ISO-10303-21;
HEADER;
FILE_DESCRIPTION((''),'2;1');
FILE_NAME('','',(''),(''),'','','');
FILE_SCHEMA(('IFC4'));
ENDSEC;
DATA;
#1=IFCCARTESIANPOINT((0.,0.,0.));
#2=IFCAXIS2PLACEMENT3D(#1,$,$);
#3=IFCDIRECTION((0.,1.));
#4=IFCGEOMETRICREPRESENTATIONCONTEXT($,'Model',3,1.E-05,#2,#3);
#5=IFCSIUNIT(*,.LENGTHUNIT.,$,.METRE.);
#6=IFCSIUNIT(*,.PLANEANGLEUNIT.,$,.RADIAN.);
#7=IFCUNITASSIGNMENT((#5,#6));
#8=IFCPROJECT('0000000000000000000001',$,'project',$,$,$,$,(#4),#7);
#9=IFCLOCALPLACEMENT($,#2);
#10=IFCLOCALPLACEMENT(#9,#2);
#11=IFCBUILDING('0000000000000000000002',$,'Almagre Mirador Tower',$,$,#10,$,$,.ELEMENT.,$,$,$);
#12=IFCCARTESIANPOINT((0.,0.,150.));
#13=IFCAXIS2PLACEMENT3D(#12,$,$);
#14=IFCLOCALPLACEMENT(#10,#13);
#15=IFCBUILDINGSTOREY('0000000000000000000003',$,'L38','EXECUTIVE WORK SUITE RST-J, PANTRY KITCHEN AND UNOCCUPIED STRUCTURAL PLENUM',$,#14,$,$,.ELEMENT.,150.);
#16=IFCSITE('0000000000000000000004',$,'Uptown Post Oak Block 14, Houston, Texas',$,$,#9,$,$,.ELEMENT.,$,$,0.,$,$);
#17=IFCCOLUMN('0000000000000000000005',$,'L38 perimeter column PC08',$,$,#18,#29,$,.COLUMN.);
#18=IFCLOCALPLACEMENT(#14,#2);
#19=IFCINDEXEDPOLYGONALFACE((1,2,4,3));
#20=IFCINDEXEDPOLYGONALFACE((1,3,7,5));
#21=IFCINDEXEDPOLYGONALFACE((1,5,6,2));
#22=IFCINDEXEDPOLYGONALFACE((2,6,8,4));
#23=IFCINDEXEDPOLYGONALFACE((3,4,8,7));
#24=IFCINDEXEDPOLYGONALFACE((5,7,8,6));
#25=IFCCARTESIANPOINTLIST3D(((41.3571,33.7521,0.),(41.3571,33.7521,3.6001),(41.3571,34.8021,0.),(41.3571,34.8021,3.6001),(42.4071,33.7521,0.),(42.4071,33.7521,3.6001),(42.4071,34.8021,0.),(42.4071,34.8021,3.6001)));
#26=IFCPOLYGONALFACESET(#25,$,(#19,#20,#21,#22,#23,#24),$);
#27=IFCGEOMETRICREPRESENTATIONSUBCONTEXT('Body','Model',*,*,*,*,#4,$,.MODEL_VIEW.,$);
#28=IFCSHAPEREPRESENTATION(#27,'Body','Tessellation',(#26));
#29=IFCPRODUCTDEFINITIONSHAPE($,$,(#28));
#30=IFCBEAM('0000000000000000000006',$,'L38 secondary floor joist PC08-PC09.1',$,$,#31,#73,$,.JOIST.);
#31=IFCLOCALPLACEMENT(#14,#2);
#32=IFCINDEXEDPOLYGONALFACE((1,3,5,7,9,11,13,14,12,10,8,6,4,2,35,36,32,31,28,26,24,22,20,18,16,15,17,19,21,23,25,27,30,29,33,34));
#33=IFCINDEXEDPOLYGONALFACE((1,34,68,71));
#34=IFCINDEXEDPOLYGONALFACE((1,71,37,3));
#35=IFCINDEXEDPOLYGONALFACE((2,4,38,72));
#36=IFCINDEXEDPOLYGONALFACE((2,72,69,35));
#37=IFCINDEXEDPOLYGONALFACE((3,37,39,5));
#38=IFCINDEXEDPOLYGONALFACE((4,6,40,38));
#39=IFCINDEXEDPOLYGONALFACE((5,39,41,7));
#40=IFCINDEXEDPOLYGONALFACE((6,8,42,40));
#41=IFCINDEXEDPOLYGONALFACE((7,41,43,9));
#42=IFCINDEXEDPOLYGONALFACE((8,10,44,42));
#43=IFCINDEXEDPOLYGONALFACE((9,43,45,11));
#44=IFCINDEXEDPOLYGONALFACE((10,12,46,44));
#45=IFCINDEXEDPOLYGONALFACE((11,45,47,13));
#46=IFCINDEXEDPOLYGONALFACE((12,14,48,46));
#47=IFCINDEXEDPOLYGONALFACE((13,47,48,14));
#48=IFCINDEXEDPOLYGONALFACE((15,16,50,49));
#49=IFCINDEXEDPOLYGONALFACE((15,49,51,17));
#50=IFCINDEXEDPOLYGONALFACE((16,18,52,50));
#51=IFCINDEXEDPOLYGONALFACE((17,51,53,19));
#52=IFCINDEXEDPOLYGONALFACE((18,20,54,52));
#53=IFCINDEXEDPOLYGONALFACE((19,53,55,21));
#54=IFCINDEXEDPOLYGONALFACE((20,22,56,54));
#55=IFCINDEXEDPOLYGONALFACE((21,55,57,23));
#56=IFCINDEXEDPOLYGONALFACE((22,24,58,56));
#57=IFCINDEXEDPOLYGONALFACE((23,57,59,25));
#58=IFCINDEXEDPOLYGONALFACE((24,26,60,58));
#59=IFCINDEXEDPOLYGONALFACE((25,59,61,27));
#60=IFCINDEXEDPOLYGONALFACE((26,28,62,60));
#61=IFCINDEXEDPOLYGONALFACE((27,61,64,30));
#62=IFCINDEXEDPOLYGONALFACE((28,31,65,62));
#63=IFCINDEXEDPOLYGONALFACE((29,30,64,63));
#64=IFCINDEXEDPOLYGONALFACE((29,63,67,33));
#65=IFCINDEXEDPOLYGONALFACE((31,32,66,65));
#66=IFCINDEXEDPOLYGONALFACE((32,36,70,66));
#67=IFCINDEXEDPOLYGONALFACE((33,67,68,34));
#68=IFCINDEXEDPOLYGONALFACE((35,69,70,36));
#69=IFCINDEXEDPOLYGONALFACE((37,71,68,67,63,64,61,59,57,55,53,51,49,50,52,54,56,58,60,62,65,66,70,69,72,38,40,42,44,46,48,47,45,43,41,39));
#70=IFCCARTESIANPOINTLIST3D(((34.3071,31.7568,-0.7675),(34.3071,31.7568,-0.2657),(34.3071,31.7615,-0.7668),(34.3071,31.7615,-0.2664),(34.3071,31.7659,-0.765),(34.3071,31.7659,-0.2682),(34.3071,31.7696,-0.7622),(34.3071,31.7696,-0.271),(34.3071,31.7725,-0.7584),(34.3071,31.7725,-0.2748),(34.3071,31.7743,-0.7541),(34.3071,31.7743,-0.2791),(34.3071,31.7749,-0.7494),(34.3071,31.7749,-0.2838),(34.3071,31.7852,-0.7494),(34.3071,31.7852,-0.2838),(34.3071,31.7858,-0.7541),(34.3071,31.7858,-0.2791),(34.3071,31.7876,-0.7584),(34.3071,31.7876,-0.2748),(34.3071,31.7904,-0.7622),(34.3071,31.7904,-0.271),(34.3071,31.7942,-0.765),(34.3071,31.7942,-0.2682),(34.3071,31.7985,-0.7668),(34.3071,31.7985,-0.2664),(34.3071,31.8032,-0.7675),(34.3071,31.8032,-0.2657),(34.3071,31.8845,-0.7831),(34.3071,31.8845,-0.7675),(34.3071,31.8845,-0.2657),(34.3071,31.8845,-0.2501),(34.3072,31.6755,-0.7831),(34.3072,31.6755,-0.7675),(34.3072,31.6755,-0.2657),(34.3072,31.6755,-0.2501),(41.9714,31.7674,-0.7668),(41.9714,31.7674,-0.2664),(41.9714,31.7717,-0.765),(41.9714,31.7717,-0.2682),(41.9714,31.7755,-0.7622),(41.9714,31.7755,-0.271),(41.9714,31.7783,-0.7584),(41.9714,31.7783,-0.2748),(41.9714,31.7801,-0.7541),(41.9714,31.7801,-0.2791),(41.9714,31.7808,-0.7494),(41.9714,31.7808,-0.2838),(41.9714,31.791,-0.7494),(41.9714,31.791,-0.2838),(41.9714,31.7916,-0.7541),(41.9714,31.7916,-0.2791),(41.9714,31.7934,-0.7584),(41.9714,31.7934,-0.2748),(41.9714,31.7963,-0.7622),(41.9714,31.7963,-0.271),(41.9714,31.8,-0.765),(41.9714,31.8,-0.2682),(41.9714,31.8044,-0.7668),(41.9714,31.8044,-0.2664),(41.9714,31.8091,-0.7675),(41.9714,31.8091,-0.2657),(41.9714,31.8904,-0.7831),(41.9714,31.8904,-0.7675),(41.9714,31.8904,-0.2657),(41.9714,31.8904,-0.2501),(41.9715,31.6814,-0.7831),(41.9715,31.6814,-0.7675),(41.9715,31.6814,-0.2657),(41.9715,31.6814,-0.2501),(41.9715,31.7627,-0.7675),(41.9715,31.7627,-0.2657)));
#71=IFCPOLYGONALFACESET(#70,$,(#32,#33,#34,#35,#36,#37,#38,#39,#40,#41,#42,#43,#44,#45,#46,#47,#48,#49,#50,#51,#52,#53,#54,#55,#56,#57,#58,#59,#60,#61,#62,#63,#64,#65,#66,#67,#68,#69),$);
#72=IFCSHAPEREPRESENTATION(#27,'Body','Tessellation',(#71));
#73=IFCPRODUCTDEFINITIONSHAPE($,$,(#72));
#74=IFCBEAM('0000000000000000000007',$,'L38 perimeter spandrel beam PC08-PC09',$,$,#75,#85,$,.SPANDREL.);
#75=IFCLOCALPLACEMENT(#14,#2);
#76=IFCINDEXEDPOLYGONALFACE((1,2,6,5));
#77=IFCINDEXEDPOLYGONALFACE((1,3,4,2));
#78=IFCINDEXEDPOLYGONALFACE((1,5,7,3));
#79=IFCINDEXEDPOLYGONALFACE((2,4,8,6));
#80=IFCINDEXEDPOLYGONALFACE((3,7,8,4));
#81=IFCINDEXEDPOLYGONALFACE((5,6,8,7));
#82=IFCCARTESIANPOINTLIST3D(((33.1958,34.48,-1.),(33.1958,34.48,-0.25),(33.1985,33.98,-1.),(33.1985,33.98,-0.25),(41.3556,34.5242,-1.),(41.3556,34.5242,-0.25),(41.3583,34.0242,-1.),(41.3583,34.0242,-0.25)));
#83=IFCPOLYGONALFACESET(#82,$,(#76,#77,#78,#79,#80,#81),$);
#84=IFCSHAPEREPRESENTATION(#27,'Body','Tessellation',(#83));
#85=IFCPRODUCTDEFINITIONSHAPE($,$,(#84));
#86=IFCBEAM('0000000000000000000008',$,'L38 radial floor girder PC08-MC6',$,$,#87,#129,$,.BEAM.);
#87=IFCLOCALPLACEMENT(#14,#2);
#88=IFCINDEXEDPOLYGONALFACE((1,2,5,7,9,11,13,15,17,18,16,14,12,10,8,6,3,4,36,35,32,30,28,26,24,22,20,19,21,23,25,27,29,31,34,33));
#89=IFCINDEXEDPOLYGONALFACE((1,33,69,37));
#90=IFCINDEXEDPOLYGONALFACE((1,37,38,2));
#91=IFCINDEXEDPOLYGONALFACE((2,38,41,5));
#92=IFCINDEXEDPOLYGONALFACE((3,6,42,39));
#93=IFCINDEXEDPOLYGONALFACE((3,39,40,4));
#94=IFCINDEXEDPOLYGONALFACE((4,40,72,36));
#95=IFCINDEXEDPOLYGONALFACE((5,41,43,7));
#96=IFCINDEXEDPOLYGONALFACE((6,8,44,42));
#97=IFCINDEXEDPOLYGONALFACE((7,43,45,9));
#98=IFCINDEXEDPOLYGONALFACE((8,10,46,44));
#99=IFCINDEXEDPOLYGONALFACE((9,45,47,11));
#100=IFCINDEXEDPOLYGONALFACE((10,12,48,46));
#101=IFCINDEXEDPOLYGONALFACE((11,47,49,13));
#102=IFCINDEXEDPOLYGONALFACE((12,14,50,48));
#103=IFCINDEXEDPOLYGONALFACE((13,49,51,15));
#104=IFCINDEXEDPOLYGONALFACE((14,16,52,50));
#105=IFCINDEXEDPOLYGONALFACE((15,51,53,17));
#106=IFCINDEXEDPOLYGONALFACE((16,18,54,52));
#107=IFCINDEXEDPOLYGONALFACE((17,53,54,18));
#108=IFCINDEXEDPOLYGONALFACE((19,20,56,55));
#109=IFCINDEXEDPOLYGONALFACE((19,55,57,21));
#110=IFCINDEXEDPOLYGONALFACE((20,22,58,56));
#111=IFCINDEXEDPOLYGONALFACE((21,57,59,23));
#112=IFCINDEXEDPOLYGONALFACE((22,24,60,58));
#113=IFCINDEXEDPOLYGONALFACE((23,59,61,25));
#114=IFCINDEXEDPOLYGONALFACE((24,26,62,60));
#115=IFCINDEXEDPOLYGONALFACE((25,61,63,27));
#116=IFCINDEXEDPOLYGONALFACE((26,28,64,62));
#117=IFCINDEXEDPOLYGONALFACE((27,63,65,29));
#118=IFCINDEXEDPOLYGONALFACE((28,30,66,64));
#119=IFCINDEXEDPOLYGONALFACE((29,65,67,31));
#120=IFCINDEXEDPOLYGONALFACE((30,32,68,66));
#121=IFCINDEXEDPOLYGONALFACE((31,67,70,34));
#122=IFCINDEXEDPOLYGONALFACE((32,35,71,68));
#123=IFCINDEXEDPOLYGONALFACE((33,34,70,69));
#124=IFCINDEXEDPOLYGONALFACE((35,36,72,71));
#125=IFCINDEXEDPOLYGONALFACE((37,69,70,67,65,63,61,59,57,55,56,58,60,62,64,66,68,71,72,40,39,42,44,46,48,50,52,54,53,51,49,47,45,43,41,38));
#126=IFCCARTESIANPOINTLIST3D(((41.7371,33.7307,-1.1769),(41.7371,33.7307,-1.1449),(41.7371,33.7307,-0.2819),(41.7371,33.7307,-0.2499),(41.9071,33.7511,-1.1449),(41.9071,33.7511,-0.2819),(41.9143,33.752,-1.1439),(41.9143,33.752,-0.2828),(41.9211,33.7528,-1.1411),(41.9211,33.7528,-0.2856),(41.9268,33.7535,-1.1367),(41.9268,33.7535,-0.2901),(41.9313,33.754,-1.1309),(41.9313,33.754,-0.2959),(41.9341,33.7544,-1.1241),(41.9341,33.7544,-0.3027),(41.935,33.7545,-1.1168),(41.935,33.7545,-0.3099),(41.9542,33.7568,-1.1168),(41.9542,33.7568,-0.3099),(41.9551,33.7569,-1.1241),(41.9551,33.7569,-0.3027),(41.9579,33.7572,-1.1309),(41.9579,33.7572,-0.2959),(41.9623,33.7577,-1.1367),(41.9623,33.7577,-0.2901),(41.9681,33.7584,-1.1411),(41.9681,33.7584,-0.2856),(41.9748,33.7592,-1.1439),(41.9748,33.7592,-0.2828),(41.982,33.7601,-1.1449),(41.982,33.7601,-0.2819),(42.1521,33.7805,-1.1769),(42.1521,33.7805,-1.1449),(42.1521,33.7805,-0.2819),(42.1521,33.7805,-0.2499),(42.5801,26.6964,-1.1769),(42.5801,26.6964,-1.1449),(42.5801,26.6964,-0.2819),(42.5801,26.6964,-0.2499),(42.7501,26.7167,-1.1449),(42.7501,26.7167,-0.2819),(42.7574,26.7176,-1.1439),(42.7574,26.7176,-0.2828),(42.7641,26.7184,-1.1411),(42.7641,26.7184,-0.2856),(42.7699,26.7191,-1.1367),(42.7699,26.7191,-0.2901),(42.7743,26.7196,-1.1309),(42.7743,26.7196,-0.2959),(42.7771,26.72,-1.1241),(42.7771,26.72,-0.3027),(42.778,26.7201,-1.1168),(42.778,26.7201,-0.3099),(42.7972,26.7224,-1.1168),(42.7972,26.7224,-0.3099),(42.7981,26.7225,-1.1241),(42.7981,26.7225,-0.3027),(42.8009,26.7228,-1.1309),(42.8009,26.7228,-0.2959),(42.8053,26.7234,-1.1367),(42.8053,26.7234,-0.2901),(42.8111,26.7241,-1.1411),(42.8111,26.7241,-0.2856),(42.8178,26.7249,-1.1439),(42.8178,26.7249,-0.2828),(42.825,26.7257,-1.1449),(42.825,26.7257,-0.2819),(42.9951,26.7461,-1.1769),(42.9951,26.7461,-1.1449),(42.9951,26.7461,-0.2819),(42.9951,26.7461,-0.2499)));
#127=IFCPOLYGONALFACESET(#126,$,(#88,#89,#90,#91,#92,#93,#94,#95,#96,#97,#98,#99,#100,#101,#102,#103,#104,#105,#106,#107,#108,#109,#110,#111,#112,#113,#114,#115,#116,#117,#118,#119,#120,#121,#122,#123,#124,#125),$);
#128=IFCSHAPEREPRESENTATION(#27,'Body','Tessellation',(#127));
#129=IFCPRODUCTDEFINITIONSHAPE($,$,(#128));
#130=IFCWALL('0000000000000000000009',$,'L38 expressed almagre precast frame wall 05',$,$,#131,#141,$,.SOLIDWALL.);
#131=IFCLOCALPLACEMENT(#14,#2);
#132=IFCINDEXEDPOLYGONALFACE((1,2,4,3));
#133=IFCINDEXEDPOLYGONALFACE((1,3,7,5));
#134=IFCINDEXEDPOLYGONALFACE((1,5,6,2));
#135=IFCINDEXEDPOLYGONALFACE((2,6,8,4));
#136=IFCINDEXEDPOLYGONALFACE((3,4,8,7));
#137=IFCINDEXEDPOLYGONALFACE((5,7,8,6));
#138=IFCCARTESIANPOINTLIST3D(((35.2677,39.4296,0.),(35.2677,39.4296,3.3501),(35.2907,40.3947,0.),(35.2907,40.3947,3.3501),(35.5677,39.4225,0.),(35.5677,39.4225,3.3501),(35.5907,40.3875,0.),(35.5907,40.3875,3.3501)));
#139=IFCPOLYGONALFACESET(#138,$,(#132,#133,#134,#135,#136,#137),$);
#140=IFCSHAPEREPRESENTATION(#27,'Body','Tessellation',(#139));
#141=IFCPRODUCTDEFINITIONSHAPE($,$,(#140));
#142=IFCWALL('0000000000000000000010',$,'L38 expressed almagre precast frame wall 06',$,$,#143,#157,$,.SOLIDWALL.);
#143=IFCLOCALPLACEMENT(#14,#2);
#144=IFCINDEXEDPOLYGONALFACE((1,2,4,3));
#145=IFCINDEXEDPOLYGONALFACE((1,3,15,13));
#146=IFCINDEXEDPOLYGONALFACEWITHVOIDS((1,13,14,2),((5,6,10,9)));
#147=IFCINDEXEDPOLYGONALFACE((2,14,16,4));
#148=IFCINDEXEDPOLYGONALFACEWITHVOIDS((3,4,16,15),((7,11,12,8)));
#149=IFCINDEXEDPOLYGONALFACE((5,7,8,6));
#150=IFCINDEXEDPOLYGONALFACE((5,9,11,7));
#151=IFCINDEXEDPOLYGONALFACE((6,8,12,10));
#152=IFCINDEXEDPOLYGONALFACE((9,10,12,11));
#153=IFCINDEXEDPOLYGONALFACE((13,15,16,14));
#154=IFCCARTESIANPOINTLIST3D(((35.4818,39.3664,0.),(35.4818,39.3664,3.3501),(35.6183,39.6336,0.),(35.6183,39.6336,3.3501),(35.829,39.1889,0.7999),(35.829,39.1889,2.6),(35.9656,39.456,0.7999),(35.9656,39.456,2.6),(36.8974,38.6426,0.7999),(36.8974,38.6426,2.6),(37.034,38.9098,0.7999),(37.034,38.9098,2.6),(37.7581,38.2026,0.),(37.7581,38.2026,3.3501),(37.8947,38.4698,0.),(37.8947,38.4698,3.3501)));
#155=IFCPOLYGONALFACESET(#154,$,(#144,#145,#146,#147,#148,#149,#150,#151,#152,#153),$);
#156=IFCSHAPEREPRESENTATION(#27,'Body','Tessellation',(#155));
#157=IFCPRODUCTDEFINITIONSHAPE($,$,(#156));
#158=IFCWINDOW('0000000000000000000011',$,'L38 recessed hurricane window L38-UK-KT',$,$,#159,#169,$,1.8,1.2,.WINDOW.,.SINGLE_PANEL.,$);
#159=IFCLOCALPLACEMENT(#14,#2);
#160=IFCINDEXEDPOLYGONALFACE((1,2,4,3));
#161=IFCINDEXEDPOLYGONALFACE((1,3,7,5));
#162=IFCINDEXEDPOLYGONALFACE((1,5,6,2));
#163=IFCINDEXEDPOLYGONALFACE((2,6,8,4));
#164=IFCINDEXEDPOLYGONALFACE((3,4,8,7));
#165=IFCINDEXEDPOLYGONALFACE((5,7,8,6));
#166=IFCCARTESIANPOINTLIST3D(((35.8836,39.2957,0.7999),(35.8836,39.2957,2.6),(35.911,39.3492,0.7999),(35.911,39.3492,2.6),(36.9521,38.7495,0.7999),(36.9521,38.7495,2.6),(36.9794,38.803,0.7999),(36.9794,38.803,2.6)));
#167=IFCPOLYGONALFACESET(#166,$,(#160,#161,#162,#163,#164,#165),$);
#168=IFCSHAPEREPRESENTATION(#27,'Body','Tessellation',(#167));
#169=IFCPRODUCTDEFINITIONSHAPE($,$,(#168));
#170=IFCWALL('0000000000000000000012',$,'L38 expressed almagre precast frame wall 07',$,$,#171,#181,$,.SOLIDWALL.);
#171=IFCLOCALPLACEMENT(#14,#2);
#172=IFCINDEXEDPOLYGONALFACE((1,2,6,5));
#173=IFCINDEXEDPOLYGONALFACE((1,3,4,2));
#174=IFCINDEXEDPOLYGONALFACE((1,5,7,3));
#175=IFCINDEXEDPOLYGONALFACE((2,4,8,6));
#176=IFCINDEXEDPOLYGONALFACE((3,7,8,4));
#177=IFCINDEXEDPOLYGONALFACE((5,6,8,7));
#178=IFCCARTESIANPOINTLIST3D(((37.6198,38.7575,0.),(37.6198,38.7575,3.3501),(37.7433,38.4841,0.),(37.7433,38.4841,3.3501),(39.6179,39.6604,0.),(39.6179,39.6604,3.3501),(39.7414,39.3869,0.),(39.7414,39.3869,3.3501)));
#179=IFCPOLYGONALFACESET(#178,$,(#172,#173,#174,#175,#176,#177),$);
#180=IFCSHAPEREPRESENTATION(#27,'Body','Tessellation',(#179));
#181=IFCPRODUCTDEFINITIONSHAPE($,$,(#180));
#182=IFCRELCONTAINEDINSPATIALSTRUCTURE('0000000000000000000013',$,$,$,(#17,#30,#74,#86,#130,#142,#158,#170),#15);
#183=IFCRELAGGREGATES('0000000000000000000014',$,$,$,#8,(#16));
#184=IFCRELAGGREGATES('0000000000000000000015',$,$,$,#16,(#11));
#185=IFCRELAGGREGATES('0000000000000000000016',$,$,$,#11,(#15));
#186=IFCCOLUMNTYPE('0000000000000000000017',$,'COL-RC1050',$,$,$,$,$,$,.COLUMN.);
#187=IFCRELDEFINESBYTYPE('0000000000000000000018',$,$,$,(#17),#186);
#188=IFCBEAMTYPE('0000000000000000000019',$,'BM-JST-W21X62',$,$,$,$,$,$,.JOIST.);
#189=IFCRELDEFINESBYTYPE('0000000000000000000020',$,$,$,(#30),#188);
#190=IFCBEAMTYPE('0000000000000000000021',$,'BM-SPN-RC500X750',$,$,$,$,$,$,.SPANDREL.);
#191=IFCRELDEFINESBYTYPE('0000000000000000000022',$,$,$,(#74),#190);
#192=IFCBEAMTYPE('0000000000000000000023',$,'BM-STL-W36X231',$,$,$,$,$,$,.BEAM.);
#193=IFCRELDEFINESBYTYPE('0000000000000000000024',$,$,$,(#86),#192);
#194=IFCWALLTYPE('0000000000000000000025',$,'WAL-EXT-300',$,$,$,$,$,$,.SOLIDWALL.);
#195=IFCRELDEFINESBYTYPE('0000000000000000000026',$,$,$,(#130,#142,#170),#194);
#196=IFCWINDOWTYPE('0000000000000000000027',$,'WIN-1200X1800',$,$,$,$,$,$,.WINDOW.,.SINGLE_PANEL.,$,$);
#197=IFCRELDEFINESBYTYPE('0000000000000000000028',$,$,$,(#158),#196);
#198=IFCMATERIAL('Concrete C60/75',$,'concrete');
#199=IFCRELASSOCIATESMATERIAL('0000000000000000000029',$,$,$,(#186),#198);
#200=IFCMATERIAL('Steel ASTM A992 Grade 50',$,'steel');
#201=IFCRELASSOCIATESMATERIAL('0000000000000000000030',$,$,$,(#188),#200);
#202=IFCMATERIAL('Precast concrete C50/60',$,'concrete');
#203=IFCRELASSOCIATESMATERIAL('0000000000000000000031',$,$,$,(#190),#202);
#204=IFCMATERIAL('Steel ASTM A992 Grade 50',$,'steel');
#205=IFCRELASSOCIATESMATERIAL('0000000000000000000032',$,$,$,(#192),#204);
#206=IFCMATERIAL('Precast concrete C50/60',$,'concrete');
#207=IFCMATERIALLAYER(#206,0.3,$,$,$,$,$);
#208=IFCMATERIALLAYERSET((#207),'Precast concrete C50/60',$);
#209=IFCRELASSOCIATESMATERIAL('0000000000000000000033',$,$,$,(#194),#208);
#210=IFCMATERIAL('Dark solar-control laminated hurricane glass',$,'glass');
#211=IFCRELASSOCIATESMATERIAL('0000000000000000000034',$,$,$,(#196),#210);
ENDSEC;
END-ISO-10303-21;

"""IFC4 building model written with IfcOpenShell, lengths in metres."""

from ifc_helpers import new_model, si_unit, direction, frame, frame_2d, origin, origin_2d, place, context, subcontext, project, spatial, rectangle, i_section, extrude, material, layer, layer_set, material_profile, profile_set, type_object, element, fill, save


model = new_model("IFC4")

# Units and contexts
model_context = context("Model", 3, precision=1e-05, world=origin(), true_north=direction((0.0, 1.0)))
body_context = subcontext(model_context, "Body", "Model", "MODEL_VIEW")
ifc_project = project(units=[si_unit("LENGTHUNIT", "METRE"), si_unit("PLANEANGLEUNIT", "RADIAN")], contexts=[model_context])

# Site, building, storey
site_placement = place(None, origin())
site = spatial("IfcSite", under=ifc_project, at=site_placement, Name="Uptown Post Oak Block 14, Houston, Texas", CompositionType="ELEMENT", RefElevation=0.0)
building_placement = place(site_placement, origin())
building = spatial("IfcBuilding", under=site, at=building_placement, Name="Almagre Mirador Tower", CompositionType="ELEMENT")
storey_placement = place(building_placement, frame((0.0, 0.0, 150.0)))
storey = spatial("IfcBuildingStorey", under=building, at=storey_placement, Name="L38", Description="EXECUTIVE WORK SUITE RST-J, PANTRY KITCHEN AND UNOCCUPIED STRUCTURAL PLENUM", CompositionType="ELEMENT", Elevation=150.0)

# Column
ifc_material_1 = material(Name="Concrete C60/75", Category="concrete")
ifc_material_profile_1 = material_profile(ifc_material_1, rectangle(XDim=1.05, YDim=1.05, at=origin_2d()), Name="RC1050X1050")
ifc_profile_set_1 = profile_set([ifc_material_profile_1], Name="Concrete C60/75")
column_type = type_object("IfcColumnType", Name="COL-RC1050", PredefinedType="COLUMN", material=ifc_profile_set_1)
column_placement = place(storey_placement, frame((41.8821, 34.2771, 0.0), z_axis=(0.0, 0.0, 1.0), x_axis=(1.0, 0.0, 0.0)))
element("IfcColumn", 1, at=column_placement, inside=storey, type_object=column_type, Name="L38 perimeter column PC08", PredefinedType="COLUMN", context=body_context, shape_type="SweptSolid", body=[
    extrude(rectangle(XDim=1.05, YDim=1.05, at=origin_2d()), origin(), (0.0, 0.0, 1.0), 3.6001),
])

# Beams
ifc_material_2 = material(Name="Steel ASTM A992 Grade 50", Category="steel")
ifc_material_profile_2 = material_profile(ifc_material_2, i_section(OverallWidth=0.209, OverallDepth=0.533, WebThickness=0.0103, FlangeThickness=0.0156, FilletRadius=0.0181, at=origin_2d()), Name="W21X62")
ifc_profile_set_2 = profile_set([ifc_material_profile_2], Name="Steel ASTM A992 Grade 50")
beam_type_1 = type_object("IfcBeamType", Name="BM-JST-W21X62", PredefinedType="JOIST", material=ifc_profile_set_2)
beam_1_placement = place(storey_placement, frame((41.9714, 31.7859, -0.5166), z_axis=(-1.0, -0.000765, 0.0), x_axis=(0.000765, -1.0, 0.0)))
element("IfcBeam", 2, at=beam_1_placement, inside=storey, type_object=beam_type_1, Name="L38 secondary floor joist PC08-PC09.1", PredefinedType="JOIST", context=body_context, shape_type="SweptSolid", body=[
    extrude(i_section(OverallWidth=0.209, OverallDepth=0.533, WebThickness=0.0103, FlangeThickness=0.0156, FilletRadius=0.0181, at=origin_2d()), origin(), (0.0, 0.0, 1.0), 7.6643),
])
ifc_material_3 = material(Name="Precast concrete C50/60", Category="concrete")
ifc_material_profile_3 = material_profile(ifc_material_3, rectangle(XDim=0.5, YDim=0.75, at=origin_2d()), Name="RC500X750")
ifc_profile_set_3 = profile_set([ifc_material_profile_3], Name="Precast concrete C50/60")
beam_type_2 = type_object("IfcBeamType", Name="BM-SPN-RC500X750", PredefinedType="SPANDREL", material=ifc_profile_set_3)
beam_2_placement = place(storey_placement, frame((41.3569, 34.2742, -0.625), z_axis=(-0.999985, -0.005415, 0.0), x_axis=(0.005415, -0.999985, 0.0)))
element("IfcBeam", 3, at=beam_2_placement, inside=storey, type_object=beam_type_2, Name="L38 perimeter spandrel beam PC08-PC09", PredefinedType="SPANDREL", context=body_context, shape_type="SweptSolid", body=[
    extrude(rectangle(XDim=0.5, YDim=0.75, at=origin_2d()), origin(), (0.0, 0.0, 1.0), 8.1599),
])
ifc_material_4 = material(Name="Steel ASTM A992 Grade 50", Category="steel")
ifc_material_profile_4 = material_profile(ifc_material_4, i_section(OverallWidth=0.418, OverallDepth=0.927, WebThickness=0.0193, FlangeThickness=0.032, FilletRadius=0.0281, at=origin_2d()), Name="W36X231")
ifc_profile_set_4 = profile_set([ifc_material_profile_4], Name="Steel ASTM A992 Grade 50")
beam_type_3 = type_object("IfcBeamType", Name="BM-STL-W36X231", PredefinedType="BEAM", material=ifc_profile_set_4)
beam_3_placement = place(storey_placement, frame((41.9446, 33.7556, -0.7134), z_axis=(0.11899, -0.992895, 0.0), x_axis=(0.992895, 0.11899, 0.0)))
element("IfcBeam", 4, at=beam_3_placement, inside=storey, type_object=beam_type_3, Name="L38 radial floor girder PC08-MC6", PredefinedType="BEAM", context=body_context, shape_type="SweptSolid", body=[
    extrude(i_section(OverallWidth=0.418, OverallDepth=0.927, WebThickness=0.0193, FlangeThickness=0.032, FilletRadius=0.0281, at=origin_2d()), origin(), (0.0, 0.0, 1.0), 7.0847),
])

# Wall
ifc_material_5 = material(Name="Precast concrete C50/60", Category="concrete")
ifc_layer_1 = layer(ifc_material_5, 0.3)
ifc_layer_set_1 = layer_set([ifc_layer_1], Name="Precast concrete C50/60")
wall_type_1 = type_object("IfcWallType", Name="WAL-EXT-300", PredefinedType="SOLIDWALL", material=ifc_layer_set_1)
wall_1_placement = place(storey_placement, frame((35.4407, 40.3911, 0.0), z_axis=(0.0, 0.0, 1.0), x_axis=(-0.023773, -0.999717, 0.0)))
element("IfcWall", 5, at=wall_1_placement, inside=storey, type_object=wall_type_1, Name="L38 expressed almagre precast frame wall 05", PredefinedType="SOLIDWALL", context=body_context, shape_type="SweptSolid", body=[
    extrude(rectangle(XDim=0.9653, YDim=0.3, at=frame_2d((0.4827, 0.0))), origin(), (0.0, 0.0, 1.0), 3.3501),
])

# Wall, opening, window
wall_2_placement = place(storey_placement, frame((35.55, 39.5, 0.0), z_axis=(0.0, 0.0, 1.0), x_axis=(0.89038, -0.455217, 0.0)))
wall_2 = element("IfcWall", 6, at=wall_2_placement, inside=storey, type_object=wall_type_1, Name="L38 expressed almagre precast frame wall 06", PredefinedType="SOLIDWALL", context=body_context, shape_type="SweptSolid", body=[
    extrude(rectangle(XDim=2.5566, YDim=0.3, at=frame_2d((1.2783, 0.0))), origin(), (0.0, 0.0, 1.0), 3.3501),
])
opening_1_placement = place(wall_2_placement, frame((0.3899, 0.0, 0.8)))
opening_1 = element("IfcOpeningElement", 7, at=opening_1_placement, cuts=wall_2, PredefinedType="OPENING", context=body_context, shape_type="SweptSolid", body=[
    extrude(rectangle(XDim=1.2, YDim=1.8, at=frame_2d((0.6001, 0.8999))), frame((0.0, 0.1599, 0.0), z_axis=(0.0, -1.0, 0.0), x_axis=(1.0, 0.0, 0.0)), (0.0, 0.0, 1.0), 0.32),
])
ifc_material_6 = material(Name="Dark solar-control laminated hurricane glass", Category="glass")
window_type_1 = type_object("IfcWindowType", Name="WIN-1200X1800", PartitioningType="SINGLE_PANEL", PredefinedType="WINDOW", material=ifc_material_6)
window_1_placement = place(opening_1_placement, origin())
window_1 = element("IfcWindow", 8, at=window_1_placement, inside=storey, type_object=window_type_1, Name="L38 recessed hurricane window L38-UK-KT", OverallHeight=1.8, OverallWidth=1.2, PartitioningType="SINGLE_PANEL", PredefinedType="WINDOW", context=body_context, shape_type="SweptSolid", body=[
    extrude(rectangle(XDim=1.2, YDim=1.8, at=frame_2d((0.6001, 0.8999))), frame((0.0, 0.03, 0.0), z_axis=(0.0, -1.0, 0.0), x_axis=(1.0, 0.0, 0.0)), (0.0, 0.0, 1.0), 0.0601),
])
fill(opening_1, window_1)

# Wall
wall_3_placement = place(storey_placement, frame((37.6816, 38.6208, 0.0), z_axis=(0.0, 0.0, 1.0), x_axis=(0.911287, 0.411772, 0.0)))
element("IfcWall", 9, at=wall_3_placement, inside=storey, type_object=wall_type_1, Name="L38 expressed almagre precast frame wall 07", PredefinedType="SOLIDWALL", context=body_context, shape_type="SweptSolid", body=[
    extrude(rectangle(XDim=2.1926, YDim=0.3, at=frame_2d((1.0962, 0.0))), origin(), (0.0, 0.0, 1.0), 3.3501),
])

save(model, "model.ifc")
